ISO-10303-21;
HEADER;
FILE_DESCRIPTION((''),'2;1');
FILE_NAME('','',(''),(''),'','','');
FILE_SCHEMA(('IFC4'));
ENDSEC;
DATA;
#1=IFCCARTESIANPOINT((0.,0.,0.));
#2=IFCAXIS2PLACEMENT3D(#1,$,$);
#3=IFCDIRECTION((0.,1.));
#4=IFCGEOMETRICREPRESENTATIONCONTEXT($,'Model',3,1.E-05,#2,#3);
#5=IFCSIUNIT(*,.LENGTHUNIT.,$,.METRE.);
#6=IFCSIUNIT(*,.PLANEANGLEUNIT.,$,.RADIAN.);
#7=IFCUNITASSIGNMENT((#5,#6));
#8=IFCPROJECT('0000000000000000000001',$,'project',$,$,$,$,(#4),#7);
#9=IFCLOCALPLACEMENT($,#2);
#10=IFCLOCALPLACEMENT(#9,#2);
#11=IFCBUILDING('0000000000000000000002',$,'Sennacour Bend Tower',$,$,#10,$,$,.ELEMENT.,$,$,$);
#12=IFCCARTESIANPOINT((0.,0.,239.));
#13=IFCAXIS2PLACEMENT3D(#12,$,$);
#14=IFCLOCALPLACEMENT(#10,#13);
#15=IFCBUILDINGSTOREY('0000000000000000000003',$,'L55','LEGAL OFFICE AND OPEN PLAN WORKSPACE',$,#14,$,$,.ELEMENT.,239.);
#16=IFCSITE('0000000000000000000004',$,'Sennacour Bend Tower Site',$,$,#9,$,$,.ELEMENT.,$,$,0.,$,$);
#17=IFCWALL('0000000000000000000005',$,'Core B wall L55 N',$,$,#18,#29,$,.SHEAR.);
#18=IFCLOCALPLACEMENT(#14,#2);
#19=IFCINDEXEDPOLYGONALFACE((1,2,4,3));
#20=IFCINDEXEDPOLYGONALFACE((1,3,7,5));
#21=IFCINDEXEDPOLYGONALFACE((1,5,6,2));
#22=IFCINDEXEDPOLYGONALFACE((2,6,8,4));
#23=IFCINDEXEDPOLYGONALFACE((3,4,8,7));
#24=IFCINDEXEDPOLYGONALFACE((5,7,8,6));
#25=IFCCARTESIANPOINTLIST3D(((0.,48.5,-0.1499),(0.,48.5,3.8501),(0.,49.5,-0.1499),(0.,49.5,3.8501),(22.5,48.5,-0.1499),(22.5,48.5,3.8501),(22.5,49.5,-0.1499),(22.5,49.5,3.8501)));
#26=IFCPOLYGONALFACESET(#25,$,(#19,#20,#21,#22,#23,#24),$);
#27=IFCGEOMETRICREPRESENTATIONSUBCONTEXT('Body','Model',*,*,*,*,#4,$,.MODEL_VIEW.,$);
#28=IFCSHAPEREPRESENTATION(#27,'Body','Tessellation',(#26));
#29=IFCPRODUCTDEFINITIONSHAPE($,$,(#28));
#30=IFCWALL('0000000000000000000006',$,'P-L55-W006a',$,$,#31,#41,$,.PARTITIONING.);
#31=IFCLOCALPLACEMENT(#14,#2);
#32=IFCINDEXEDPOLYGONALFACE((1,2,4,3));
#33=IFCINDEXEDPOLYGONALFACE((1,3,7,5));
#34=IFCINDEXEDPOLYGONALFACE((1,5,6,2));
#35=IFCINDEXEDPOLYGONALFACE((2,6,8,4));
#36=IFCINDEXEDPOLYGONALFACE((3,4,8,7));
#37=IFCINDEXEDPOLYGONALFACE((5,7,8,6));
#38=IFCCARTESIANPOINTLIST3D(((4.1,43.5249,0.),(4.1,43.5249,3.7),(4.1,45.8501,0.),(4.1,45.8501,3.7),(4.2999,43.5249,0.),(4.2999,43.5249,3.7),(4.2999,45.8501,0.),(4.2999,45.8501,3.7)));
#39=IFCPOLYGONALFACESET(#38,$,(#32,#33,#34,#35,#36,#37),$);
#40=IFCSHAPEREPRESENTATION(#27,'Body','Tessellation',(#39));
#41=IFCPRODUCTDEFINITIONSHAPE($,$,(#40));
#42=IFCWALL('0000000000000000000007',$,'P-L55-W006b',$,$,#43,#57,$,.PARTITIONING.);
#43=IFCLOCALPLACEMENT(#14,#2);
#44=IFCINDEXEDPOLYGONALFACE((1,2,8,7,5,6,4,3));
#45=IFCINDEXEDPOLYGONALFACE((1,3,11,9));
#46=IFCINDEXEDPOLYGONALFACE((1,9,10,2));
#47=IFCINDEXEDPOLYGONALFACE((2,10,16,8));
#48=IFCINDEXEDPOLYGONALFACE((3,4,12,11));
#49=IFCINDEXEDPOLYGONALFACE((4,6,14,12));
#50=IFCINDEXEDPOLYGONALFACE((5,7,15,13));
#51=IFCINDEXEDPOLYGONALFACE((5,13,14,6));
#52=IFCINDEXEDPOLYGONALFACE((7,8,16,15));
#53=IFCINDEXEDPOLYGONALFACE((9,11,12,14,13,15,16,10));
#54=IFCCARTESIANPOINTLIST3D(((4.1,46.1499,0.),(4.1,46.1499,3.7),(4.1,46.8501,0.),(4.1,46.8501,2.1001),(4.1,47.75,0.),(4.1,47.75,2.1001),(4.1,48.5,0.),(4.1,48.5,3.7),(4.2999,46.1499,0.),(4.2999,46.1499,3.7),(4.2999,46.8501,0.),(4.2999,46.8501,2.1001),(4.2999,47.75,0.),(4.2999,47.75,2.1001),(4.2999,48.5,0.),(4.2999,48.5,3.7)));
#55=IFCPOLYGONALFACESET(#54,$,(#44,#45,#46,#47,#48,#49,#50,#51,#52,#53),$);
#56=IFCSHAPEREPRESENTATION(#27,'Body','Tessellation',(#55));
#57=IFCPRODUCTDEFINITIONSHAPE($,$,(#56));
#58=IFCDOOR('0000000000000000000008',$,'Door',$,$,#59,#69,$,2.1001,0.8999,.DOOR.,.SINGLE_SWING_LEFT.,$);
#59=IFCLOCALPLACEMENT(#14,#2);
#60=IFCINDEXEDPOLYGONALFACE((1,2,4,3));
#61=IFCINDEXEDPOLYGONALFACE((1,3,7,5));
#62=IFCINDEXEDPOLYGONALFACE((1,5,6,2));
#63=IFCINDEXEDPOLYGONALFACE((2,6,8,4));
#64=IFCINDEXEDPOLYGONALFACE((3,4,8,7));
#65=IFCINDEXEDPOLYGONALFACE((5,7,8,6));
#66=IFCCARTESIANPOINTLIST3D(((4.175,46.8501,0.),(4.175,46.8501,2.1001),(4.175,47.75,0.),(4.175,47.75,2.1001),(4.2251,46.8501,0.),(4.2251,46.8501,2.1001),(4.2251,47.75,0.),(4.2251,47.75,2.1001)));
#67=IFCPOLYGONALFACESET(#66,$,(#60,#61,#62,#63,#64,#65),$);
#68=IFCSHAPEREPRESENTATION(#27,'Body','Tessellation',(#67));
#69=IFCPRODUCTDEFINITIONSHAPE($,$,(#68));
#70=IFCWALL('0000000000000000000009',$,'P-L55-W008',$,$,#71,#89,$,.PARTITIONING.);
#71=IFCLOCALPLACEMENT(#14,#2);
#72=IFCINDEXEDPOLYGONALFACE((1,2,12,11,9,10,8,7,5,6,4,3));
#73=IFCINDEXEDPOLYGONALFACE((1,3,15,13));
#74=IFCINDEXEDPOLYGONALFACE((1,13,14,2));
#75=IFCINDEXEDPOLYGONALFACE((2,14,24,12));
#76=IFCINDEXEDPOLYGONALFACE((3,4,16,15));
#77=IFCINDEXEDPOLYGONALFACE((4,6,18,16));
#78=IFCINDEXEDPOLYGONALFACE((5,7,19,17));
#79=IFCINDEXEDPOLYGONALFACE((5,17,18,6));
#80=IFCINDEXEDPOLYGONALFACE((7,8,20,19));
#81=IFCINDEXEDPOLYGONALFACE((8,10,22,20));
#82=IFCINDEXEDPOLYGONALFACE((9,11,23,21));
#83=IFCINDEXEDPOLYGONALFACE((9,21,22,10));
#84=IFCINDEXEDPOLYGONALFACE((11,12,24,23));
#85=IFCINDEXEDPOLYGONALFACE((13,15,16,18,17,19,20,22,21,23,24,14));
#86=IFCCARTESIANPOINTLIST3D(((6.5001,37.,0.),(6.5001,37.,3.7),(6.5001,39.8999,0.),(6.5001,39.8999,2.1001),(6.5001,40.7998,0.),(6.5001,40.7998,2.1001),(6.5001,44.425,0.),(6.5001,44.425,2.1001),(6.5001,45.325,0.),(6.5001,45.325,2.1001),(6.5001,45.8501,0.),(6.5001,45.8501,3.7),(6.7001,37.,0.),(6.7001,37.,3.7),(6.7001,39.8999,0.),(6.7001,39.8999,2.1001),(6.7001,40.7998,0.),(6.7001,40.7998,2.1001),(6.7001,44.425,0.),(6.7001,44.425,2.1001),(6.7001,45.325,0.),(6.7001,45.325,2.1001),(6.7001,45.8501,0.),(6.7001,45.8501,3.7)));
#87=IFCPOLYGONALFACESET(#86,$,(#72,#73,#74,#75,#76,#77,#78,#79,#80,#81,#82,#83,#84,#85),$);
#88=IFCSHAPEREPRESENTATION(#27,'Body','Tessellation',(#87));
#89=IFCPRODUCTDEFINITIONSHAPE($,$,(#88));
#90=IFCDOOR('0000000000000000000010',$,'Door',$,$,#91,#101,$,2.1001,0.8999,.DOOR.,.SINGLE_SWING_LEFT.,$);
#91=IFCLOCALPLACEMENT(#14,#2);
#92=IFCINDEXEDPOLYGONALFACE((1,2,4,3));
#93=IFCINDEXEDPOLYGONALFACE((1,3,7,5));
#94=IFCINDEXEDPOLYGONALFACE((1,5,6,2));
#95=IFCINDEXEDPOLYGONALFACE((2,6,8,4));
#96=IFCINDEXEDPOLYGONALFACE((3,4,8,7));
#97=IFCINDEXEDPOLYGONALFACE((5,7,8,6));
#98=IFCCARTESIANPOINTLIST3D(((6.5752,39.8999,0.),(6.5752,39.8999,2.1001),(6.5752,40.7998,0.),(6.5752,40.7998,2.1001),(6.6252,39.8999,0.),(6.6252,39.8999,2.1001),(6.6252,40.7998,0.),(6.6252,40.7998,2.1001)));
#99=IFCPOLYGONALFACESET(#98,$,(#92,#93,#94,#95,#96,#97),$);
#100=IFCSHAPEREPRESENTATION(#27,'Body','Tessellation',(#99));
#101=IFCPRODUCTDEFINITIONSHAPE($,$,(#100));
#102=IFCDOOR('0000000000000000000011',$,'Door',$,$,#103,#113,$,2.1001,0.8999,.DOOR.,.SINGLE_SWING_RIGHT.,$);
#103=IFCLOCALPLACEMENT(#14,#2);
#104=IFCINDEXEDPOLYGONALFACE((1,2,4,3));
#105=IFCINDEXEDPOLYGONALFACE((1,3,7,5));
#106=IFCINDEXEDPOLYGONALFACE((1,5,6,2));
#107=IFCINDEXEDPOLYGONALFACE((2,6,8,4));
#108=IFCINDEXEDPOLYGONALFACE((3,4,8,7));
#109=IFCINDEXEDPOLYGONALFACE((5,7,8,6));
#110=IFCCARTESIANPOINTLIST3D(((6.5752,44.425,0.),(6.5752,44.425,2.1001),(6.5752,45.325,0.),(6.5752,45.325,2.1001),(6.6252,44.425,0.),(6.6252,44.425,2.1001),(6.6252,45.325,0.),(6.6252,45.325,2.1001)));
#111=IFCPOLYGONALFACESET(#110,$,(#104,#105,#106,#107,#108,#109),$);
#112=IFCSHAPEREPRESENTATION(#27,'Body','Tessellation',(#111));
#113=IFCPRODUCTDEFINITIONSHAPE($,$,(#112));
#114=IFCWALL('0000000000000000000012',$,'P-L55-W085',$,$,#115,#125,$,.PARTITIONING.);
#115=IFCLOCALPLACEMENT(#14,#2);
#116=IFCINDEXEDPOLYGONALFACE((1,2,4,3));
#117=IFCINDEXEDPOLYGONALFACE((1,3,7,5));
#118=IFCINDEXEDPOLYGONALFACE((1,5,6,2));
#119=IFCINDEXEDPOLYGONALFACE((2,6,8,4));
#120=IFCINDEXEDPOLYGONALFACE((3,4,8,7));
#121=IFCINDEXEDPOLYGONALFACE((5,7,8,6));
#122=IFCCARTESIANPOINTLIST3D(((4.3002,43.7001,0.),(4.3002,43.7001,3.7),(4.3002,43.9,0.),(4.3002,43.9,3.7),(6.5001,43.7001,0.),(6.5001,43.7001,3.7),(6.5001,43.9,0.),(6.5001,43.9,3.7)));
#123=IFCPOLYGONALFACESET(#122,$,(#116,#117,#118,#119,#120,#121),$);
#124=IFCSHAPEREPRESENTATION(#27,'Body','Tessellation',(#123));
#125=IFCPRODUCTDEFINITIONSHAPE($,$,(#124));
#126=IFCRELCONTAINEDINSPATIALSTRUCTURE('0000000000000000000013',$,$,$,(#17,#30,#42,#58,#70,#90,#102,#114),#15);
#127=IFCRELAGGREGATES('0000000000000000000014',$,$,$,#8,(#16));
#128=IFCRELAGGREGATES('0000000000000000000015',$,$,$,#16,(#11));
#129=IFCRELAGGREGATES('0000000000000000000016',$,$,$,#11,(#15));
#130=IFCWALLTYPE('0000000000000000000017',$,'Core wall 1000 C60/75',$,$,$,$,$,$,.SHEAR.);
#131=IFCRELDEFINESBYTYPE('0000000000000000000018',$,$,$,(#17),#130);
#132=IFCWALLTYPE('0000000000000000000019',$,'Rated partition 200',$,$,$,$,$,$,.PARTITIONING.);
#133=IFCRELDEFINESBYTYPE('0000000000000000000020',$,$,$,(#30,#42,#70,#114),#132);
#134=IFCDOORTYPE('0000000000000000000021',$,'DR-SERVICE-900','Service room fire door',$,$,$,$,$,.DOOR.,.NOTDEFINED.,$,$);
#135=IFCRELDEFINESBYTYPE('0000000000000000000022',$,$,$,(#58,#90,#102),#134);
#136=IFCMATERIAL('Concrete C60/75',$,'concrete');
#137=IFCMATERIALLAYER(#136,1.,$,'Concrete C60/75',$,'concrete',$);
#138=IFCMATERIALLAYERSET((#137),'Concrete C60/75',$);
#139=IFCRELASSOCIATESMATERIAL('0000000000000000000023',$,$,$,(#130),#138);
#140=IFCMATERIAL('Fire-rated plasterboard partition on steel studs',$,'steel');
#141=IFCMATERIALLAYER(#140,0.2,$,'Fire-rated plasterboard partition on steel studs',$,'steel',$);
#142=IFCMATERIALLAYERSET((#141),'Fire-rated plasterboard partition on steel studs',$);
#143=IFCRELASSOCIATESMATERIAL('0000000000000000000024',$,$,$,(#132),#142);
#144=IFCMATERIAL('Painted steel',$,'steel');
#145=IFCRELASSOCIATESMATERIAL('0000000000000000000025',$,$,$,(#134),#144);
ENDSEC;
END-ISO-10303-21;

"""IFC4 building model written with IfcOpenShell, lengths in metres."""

from ifc_helpers import new_model, si_unit, direction, frame, frame_2d, origin, place, context, subcontext, project, spatial, rectangle, extrude, material, layer, layer_set, type_object, element, fill, save


model = new_model("IFC4")

# Units and contexts
model_context = context("Model", 3, precision=1e-05, world=origin(), true_north=direction((0.0, 1.0)))
body_context = subcontext(model_context, "Body", "Model", "MODEL_VIEW")
ifc_project = project(units=[si_unit("LENGTHUNIT", "METRE"), si_unit("PLANEANGLEUNIT", "RADIAN")], contexts=[model_context])

# Site, building, storey
site_placement = place(None, origin())
site = spatial("IfcSite", under=ifc_project, at=site_placement, Name="Sennacour Bend Tower Site", CompositionType="ELEMENT", RefElevation=0.0)
building_placement = place(site_placement, origin())
building = spatial("IfcBuilding", under=site, at=building_placement, Name="Sennacour Bend Tower", CompositionType="ELEMENT")
storey_placement = place(building_placement, frame((0.0, 0.0, 239.0)))
storey = spatial("IfcBuildingStorey", under=building, at=storey_placement, Name="L55", Description="LEGAL OFFICE AND OPEN PLAN WORKSPACE", CompositionType="ELEMENT", Elevation=239.0)

# Walls
ifc_material_1 = material(Name="Concrete C60/75", Category="concrete")
ifc_layer_1 = layer(ifc_material_1, 1.0, Name="Concrete C60/75", Category="concrete")
ifc_layer_set_1 = layer_set([ifc_layer_1], Name="Concrete C60/75")
wall_type_1 = type_object("IfcWallType", Name="Core wall 1000 C60/75", PredefinedType="SHEAR", material=ifc_layer_set_1)
wall_1_placement = place(storey_placement, frame((0.0, 49.0, -0.1499), z_axis=(0.0, 0.0, 1.0), x_axis=(1.0, 0.0, 0.0)))
element("IfcWall", 1, at=wall_1_placement, inside=storey, type_object=wall_type_1, Name="Core B wall L55 N", PredefinedType="SHEAR", context=body_context, shape_type="SweptSolid", body=[
    extrude(rectangle(XDim=22.5, YDim=1.0, at=frame_2d((11.25, 0.0))), origin(), (0.0, 0.0, 1.0), 4.0),
])
ifc_material_2 = material(Name="Fire-rated plasterboard partition on steel studs", Category="steel")
ifc_layer_2 = layer(ifc_material_2, 0.2, Name="Fire-rated plasterboard partition on steel studs", Category="steel")
ifc_layer_set_2 = layer_set([ifc_layer_2], Name="Fire-rated plasterboard partition on steel studs")
wall_type_2 = type_object("IfcWallType", Name="Rated partition 200", PredefinedType="PARTITIONING", material=ifc_layer_set_2)
wall_2_placement = place(storey_placement, frame((4.2, 43.5249, 0.0), z_axis=(0.0, 0.0, 1.0), x_axis=(0.0, 1.0, 0.0)))
element("IfcWall", 2, at=wall_2_placement, inside=storey, type_object=wall_type_2, Name="P-L55-W006a", PredefinedType="PARTITIONING", context=body_context, shape_type="SweptSolid", body=[
    extrude(rectangle(XDim=2.3252, YDim=0.2, at=frame_2d((1.1626, 0.0))), origin(), (0.0, 0.0, 1.0), 3.7),
])

# Wall, opening, door
wall_3_placement = place(storey_placement, frame((4.2, 46.1499, 0.0), z_axis=(0.0, 0.0, 1.0), x_axis=(0.0, 1.0, 0.0)))
wall_3 = element("IfcWall", 3, at=wall_3_placement, inside=storey, type_object=wall_type_2, Name="P-L55-W006b", PredefinedType="PARTITIONING", context=body_context, shape_type="SweptSolid", body=[
    extrude(rectangle(XDim=2.3501, YDim=0.2, at=frame_2d((1.175, 0.0))), origin(), (0.0, 0.0, 1.0), 3.7),
])
opening_1_placement = place(wall_3_placement, frame((0.7002, 0.0, 0.0)))
opening_1 = element("IfcOpeningElement", 4, at=opening_1_placement, cuts=wall_3, PredefinedType="OPENING", context=body_context, shape_type="SweptSolid", body=[
    extrude(rectangle(XDim=0.8999, YDim=2.1001, at=frame_2d((0.45, 1.05))), frame((0.0, 0.1099, 0.0), z_axis=(0.0, -1.0, 0.0), x_axis=(1.0, 0.0, 0.0)), (0.0, 0.0, 1.0), 0.22),
])
ifc_material_3 = material(Name="Painted steel", Category="steel")
door_type_1 = type_object("IfcDoorType", Name="DR-SERVICE-900", Description="Service room fire door", OperationType="NOTDEFINED", PredefinedType="DOOR", material=ifc_material_3)
door_1_placement = place(opening_1_placement, origin())
door_1 = element("IfcDoor", 5, at=door_1_placement, inside=storey, type_object=door_type_1, Name="Door", OperationType="SINGLE_SWING_LEFT", OverallHeight=2.1001, OverallWidth=0.8999, PredefinedType="DOOR", context=body_context, shape_type="SweptSolid", body=[
    extrude(rectangle(XDim=0.8999, YDim=2.1001, at=frame_2d((0.45, 1.05))), frame((0.0, 0.0249, 0.0), z_axis=(0.0, -1.0, 0.0), x_axis=(1.0, 0.0, 0.0)), (0.0, 0.0, 1.0), 0.05),
])
fill(opening_1, door_1)

# Wall, openings, doors
wall_4_placement = place(storey_placement, frame((6.6001, 37.0, 0.0), z_axis=(0.0, 0.0, 1.0), x_axis=(0.0, 1.0, 0.0)))
wall_4 = element("IfcWall", 6, at=wall_4_placement, inside=storey, type_object=wall_type_2, Name="P-L55-W008", PredefinedType="PARTITIONING", context=body_context, shape_type="SweptSolid", body=[
    extrude(rectangle(XDim=8.8501, YDim=0.2, at=frame_2d((4.425, 0.0))), origin(), (0.0, 0.0, 1.0), 3.7),
])
opening_2_placement = place(wall_4_placement, frame((2.8999, 0.0, 0.0)))
opening_2 = element("IfcOpeningElement", 7, at=opening_2_placement, cuts=wall_4, PredefinedType="OPENING", context=body_context, shape_type="SweptSolid", body=[
    extrude(rectangle(XDim=0.8999, YDim=2.1001, at=frame_2d((0.45, 1.05))), frame((0.0, 0.1099, 0.0), z_axis=(0.0, -1.0, 0.0), x_axis=(1.0, 0.0, 0.0)), (0.0, 0.0, 1.0), 0.22),
])
opening_3_placement = place(wall_4_placement, frame((7.425, 0.0, 0.0)))
opening_3 = element("IfcOpeningElement", 8, at=opening_3_placement, cuts=wall_4, PredefinedType="OPENING", context=body_context, shape_type="SweptSolid", body=[
    extrude(rectangle(XDim=0.8999, YDim=2.1001, at=frame_2d((0.45, 1.05))), frame((0.0, 0.1099, 0.0), z_axis=(0.0, -1.0, 0.0), x_axis=(1.0, 0.0, 0.0)), (0.0, 0.0, 1.0), 0.22),
])
door_2_placement = place(opening_2_placement, origin())
door_2 = element("IfcDoor", 9, at=door_2_placement, inside=storey, type_object=door_type_1, Name="Door", OperationType="SINGLE_SWING_LEFT", OverallHeight=2.1001, OverallWidth=0.8999, PredefinedType="DOOR", context=body_context, shape_type="SweptSolid", body=[
    extrude(rectangle(XDim=0.8999, YDim=2.1001, at=frame_2d((0.45, 1.05))), frame((0.0, 0.0249, 0.0), z_axis=(0.0, -1.0, 0.0), x_axis=(1.0, 0.0, 0.0)), (0.0, 0.0, 1.0), 0.05),
])
fill(opening_2, door_2)
door_3_placement = place(opening_3_placement, origin())
door_3 = element("IfcDoor", 10, at=door_3_placement, inside=storey, type_object=door_type_1, Name="Door", OperationType="SINGLE_SWING_RIGHT", OverallHeight=2.1001, OverallWidth=0.8999, PredefinedType="DOOR", context=body_context, shape_type="SweptSolid", body=[
    extrude(rectangle(XDim=0.8999, YDim=2.1001, at=frame_2d((0.45, 1.05))), frame((0.0, 0.0249, 0.0), z_axis=(0.0, -1.0, 0.0), x_axis=(1.0, 0.0, 0.0)), (0.0, 0.0, 1.0), 0.05),
])
fill(opening_3, door_3)

# Wall
wall_5_placement = place(storey_placement, frame((4.3, 43.8, 0.0), z_axis=(0.0, 0.0, 1.0), x_axis=(1.0, 0.0, 0.0)))
element("IfcWall", 11, at=wall_5_placement, inside=storey, type_object=wall_type_2, Name="P-L55-W085", PredefinedType="PARTITIONING", context=body_context, shape_type="SweptSolid", body=[
    extrude(rectangle(XDim=2.2, YDim=0.2, at=frame_2d((1.1001, 0.0))), origin(), (0.0, 0.0, 1.0), 3.7),
])

save(model, "model.ifc")
